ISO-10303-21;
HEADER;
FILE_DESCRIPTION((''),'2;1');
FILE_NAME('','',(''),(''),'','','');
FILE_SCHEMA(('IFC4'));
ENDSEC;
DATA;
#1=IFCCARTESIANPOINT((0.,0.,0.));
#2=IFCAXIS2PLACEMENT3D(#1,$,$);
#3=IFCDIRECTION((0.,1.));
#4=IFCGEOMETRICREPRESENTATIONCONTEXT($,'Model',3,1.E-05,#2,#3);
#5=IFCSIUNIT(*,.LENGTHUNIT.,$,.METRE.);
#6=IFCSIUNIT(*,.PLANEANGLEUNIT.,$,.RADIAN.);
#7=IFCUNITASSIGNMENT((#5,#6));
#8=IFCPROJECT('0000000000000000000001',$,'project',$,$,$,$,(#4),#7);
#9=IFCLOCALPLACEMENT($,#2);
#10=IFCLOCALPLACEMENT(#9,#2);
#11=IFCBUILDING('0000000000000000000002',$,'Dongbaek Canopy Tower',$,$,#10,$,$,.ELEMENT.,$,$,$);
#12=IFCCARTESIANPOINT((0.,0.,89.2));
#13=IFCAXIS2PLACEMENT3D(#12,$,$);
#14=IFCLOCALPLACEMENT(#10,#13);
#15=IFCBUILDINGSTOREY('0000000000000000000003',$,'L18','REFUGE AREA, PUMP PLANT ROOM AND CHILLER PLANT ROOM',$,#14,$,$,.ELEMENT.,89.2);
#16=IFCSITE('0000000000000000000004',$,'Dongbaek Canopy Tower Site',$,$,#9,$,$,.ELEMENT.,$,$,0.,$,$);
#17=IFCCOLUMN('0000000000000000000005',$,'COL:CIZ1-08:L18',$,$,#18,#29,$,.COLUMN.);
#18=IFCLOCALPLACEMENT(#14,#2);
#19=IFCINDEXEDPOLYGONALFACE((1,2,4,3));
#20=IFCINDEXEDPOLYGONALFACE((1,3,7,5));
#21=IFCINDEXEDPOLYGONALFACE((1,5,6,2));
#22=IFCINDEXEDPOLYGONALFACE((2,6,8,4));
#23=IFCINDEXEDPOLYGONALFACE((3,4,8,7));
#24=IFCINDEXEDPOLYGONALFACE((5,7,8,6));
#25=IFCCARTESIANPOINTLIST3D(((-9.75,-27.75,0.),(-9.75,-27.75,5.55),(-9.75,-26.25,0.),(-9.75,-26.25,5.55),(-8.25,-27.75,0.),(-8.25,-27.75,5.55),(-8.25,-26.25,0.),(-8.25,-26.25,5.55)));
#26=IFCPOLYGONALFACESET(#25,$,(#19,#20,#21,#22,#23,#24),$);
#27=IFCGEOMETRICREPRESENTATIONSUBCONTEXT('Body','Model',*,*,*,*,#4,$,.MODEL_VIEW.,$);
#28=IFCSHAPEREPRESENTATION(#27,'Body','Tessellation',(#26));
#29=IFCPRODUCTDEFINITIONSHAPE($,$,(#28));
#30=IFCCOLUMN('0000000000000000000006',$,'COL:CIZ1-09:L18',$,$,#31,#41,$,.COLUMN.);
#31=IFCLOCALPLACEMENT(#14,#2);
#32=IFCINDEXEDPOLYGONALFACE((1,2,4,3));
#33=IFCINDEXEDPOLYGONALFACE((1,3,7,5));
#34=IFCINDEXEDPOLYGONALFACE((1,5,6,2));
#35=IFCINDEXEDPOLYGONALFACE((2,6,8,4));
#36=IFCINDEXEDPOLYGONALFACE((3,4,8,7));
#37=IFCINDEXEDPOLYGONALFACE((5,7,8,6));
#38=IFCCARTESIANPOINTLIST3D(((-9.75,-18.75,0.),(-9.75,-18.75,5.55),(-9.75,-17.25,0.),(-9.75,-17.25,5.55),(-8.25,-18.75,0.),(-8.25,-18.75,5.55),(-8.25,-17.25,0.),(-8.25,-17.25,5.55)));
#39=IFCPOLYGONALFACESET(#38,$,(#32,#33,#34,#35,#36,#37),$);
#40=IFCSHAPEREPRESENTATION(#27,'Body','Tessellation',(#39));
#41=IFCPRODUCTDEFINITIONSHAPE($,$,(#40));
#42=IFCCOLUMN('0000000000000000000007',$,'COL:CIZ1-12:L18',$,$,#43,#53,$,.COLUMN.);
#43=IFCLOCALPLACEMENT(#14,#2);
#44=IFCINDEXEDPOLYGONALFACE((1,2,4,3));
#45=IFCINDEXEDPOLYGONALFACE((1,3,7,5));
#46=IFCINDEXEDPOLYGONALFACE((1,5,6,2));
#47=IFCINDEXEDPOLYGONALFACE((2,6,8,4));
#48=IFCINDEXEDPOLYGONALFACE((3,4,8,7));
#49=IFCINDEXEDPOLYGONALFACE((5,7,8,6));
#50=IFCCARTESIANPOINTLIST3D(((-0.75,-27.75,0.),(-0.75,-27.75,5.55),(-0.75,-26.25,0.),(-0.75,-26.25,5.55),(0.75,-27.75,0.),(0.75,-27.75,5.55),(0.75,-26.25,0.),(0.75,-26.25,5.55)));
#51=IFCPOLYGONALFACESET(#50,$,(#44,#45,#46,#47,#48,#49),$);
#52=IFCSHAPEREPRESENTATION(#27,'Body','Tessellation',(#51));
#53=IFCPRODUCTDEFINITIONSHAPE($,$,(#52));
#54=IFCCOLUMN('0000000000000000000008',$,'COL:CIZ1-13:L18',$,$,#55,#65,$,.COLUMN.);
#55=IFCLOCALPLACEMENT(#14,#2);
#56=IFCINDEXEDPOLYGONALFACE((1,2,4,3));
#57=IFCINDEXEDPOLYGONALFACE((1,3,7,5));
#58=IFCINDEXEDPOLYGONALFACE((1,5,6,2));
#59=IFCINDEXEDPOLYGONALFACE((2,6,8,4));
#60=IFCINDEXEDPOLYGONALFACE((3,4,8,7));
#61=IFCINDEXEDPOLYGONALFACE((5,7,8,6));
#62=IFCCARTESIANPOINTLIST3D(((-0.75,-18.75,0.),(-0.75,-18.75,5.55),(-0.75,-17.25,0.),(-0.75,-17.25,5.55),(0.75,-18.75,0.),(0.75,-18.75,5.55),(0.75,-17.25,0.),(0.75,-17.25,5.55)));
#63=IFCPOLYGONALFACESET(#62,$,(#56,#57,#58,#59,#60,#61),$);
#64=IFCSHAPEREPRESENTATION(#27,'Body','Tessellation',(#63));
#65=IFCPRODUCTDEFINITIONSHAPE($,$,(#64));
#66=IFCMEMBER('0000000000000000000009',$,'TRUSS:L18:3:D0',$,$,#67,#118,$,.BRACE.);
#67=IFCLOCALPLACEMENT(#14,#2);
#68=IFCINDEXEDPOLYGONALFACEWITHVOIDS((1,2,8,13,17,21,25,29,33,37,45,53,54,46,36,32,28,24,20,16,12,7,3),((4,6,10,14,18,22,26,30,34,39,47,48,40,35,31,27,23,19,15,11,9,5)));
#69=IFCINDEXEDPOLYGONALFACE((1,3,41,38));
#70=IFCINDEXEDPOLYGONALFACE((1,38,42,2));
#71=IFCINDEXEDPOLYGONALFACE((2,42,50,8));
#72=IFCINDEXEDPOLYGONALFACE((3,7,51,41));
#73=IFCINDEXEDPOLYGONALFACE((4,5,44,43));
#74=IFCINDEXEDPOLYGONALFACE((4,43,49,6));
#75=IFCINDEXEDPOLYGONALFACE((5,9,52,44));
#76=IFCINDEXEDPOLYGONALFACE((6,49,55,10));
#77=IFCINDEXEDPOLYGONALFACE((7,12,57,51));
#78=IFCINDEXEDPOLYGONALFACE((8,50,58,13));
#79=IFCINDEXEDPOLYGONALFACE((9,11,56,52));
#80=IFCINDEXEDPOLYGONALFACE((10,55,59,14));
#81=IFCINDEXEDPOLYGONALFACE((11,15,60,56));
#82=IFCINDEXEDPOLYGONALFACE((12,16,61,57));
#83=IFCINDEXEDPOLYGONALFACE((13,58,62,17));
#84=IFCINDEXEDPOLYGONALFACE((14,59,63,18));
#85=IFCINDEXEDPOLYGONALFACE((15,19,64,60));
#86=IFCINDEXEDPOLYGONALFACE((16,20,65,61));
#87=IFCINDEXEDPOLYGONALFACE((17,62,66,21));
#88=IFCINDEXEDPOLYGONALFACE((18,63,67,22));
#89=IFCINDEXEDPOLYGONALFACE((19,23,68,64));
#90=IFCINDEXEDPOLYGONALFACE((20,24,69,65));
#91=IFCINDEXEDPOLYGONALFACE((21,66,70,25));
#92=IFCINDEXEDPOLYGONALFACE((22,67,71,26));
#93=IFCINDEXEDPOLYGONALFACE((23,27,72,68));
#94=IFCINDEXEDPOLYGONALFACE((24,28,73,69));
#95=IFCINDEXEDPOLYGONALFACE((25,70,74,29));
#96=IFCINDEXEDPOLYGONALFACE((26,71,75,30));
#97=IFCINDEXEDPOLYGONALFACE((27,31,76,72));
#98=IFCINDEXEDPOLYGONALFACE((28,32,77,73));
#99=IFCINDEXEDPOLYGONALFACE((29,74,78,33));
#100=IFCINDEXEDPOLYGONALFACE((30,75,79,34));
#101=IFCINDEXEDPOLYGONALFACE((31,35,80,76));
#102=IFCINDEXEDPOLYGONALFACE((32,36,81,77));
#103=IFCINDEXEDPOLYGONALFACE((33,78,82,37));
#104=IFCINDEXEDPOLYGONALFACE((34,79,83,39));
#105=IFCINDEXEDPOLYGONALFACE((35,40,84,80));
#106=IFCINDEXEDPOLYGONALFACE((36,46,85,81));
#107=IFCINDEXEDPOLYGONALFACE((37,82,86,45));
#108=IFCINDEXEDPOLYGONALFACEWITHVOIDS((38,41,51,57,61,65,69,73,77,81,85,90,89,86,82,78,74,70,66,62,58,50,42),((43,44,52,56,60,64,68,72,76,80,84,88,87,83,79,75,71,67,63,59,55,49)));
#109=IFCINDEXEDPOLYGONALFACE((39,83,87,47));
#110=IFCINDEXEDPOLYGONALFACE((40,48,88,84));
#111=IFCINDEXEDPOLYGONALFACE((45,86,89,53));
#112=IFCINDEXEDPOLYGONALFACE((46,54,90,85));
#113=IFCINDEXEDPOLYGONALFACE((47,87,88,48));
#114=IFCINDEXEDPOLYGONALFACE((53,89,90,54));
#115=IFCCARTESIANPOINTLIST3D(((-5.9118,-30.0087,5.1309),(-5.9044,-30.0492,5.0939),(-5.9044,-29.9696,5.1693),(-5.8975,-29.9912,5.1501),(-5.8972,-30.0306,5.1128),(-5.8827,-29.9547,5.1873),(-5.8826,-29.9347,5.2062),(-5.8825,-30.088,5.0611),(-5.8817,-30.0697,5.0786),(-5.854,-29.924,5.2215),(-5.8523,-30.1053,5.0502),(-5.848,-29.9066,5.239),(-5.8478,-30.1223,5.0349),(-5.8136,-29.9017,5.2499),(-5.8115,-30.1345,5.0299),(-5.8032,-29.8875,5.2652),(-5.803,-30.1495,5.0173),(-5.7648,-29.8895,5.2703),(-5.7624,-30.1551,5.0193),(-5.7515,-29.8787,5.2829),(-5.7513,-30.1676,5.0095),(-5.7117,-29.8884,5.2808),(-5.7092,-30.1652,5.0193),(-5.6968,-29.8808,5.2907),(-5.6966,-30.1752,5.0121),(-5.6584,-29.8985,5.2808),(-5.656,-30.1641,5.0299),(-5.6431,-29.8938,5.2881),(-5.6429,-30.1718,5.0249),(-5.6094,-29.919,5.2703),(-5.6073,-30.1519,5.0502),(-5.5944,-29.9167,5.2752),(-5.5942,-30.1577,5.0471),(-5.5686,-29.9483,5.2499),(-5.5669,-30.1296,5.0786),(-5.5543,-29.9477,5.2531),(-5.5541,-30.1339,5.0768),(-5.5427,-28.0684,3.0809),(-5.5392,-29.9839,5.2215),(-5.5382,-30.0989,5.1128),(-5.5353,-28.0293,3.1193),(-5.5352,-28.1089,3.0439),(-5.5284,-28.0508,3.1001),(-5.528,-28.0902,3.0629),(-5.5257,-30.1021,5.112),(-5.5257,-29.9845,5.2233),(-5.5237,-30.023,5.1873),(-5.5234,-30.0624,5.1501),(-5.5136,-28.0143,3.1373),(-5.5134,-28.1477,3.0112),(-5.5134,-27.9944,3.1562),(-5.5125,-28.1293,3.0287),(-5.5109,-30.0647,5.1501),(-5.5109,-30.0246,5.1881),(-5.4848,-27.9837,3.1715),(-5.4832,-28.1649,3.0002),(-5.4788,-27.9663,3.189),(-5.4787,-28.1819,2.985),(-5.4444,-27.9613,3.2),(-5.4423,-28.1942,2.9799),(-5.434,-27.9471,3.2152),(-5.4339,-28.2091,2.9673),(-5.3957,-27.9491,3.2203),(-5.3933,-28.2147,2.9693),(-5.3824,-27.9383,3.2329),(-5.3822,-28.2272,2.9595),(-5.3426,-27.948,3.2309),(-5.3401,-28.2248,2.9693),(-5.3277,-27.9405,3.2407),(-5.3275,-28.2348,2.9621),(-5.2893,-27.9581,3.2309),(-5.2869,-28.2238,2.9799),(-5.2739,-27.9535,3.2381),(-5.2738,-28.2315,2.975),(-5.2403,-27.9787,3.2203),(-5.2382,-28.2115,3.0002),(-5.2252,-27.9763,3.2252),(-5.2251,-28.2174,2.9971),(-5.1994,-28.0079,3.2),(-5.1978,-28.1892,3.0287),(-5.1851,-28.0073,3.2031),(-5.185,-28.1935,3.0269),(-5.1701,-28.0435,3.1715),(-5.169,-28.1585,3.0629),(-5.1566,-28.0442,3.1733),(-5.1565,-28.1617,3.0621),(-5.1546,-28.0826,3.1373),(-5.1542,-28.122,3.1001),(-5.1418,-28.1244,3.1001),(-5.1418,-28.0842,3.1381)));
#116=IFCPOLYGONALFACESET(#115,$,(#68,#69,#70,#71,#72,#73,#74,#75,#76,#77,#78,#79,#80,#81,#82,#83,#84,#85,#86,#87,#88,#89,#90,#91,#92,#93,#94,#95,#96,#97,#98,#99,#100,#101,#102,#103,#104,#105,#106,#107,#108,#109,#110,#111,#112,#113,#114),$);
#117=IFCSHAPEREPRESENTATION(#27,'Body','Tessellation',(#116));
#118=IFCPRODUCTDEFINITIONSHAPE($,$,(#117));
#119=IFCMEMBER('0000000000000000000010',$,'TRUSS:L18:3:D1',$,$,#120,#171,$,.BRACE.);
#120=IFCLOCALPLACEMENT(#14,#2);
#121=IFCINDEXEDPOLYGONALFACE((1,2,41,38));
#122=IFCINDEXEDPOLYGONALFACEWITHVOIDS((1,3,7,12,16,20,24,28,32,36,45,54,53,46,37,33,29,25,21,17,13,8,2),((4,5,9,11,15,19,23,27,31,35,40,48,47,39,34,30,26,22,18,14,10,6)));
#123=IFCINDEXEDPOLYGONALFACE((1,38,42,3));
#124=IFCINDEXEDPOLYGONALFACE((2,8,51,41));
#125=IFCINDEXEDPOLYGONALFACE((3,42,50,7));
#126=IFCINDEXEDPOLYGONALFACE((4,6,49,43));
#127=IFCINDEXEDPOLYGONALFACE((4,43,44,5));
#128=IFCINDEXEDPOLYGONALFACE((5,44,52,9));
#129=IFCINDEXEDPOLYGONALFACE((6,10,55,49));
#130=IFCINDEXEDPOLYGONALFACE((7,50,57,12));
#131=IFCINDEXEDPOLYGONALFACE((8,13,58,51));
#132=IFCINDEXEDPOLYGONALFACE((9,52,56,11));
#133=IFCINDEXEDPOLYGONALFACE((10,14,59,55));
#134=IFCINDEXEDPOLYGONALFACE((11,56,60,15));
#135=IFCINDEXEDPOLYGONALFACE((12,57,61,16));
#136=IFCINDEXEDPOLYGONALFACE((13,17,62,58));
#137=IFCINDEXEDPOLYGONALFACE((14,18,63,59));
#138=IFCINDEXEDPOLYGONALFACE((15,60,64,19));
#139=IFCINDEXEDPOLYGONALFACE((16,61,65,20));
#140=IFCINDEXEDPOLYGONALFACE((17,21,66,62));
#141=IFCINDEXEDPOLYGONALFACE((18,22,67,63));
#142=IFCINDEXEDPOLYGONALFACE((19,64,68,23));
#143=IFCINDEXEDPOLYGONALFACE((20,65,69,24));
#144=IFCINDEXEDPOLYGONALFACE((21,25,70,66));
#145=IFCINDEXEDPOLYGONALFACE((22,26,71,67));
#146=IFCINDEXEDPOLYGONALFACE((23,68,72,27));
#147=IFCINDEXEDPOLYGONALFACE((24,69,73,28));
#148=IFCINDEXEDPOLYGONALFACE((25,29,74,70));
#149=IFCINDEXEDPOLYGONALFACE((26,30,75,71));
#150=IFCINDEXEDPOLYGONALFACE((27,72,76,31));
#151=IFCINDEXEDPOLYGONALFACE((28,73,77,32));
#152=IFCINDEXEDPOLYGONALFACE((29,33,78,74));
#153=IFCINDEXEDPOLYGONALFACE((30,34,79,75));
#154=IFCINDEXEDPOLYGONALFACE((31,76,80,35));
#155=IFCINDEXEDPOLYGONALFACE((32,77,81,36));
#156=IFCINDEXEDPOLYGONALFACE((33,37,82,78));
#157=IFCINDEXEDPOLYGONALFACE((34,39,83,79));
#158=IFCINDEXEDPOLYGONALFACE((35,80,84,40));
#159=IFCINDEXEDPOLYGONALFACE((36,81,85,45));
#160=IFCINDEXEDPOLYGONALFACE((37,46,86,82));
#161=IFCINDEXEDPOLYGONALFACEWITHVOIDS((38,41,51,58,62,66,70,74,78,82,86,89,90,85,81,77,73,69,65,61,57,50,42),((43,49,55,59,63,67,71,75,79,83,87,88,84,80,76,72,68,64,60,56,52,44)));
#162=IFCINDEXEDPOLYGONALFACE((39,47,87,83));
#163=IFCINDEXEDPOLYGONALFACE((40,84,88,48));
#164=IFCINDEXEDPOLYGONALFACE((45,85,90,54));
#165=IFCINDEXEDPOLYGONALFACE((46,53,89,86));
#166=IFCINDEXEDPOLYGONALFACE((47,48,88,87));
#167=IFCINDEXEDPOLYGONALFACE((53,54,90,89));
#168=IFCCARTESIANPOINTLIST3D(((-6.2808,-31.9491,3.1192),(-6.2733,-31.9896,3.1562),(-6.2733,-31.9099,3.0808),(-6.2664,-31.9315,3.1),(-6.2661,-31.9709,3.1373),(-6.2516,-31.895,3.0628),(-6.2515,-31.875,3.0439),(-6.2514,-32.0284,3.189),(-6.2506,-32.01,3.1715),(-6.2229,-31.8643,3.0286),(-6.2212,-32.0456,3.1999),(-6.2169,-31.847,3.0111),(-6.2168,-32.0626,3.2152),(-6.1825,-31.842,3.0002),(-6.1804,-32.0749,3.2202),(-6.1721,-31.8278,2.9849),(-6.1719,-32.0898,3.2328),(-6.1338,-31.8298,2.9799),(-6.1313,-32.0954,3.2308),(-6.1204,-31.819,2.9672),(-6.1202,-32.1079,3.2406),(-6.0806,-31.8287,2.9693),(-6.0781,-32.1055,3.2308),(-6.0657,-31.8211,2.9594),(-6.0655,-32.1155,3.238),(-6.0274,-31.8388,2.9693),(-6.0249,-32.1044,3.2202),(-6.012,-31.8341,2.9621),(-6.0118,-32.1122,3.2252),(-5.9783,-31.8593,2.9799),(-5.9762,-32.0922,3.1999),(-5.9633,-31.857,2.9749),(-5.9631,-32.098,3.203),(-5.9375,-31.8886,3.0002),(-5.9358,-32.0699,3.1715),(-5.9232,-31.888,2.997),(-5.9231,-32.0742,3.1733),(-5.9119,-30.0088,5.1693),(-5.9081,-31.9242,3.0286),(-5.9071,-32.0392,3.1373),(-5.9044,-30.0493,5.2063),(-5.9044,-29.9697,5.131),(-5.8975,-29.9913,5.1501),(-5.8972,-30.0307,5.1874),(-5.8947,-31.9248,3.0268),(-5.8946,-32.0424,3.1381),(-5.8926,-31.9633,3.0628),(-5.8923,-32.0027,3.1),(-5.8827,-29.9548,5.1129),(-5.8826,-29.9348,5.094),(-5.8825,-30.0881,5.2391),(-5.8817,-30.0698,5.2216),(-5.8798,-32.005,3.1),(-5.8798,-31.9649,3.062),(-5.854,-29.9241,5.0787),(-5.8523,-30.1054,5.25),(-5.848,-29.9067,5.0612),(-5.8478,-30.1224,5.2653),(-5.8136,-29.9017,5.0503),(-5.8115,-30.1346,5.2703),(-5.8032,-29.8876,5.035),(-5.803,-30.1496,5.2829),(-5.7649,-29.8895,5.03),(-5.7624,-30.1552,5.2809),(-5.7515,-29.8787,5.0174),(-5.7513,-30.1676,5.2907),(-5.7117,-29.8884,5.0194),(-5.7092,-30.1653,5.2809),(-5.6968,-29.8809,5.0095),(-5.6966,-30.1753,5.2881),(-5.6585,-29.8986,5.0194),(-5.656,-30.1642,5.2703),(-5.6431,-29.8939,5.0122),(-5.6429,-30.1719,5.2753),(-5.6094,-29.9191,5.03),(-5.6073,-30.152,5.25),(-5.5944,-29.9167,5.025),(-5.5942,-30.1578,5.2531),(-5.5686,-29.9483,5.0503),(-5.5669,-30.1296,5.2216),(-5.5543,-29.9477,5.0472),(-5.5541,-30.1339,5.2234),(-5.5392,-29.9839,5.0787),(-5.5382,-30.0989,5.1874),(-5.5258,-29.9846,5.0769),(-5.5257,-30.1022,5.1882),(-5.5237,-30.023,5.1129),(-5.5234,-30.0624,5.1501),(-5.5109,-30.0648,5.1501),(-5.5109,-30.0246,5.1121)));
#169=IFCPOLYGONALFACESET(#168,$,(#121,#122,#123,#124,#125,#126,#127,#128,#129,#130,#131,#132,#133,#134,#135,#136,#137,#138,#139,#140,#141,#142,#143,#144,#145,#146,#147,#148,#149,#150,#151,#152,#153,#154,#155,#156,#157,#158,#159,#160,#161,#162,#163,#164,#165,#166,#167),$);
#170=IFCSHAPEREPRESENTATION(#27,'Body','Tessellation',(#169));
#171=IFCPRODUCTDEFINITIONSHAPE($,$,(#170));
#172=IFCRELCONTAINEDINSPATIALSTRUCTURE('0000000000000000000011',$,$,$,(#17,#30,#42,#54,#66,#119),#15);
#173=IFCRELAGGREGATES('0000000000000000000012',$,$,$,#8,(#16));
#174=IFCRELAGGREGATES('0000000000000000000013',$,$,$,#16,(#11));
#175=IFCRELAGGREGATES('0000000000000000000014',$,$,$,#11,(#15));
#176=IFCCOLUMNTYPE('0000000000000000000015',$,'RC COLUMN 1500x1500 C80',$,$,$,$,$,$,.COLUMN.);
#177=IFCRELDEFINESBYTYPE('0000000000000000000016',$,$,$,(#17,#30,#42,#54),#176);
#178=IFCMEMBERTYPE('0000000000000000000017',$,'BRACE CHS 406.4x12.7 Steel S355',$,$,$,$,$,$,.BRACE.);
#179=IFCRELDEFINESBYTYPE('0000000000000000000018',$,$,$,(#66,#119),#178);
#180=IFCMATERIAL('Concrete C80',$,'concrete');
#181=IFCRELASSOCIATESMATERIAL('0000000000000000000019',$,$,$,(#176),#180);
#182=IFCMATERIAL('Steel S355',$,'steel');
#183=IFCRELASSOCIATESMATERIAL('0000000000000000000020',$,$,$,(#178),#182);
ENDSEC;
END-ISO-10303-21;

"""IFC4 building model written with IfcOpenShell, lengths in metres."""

from ifc_helpers import new_model, si_unit, direction, frame, origin, origin_2d, place, context, subcontext, project, spatial, rectangle, hollow_circle, extrude, material, material_profile, profile_set, type_object, element, save


model = new_model("IFC4")

# Units and contexts
model_context = context("Model", 3, precision=1e-05, world=origin(), true_north=direction((0.0, 1.0)))
body_context = subcontext(model_context, "Body", "Model", "MODEL_VIEW")
ifc_project = project(units=[si_unit("LENGTHUNIT", "METRE"), si_unit("PLANEANGLEUNIT", "RADIAN")], contexts=[model_context])

# Site, building, storey
site_placement = place(None, origin())
site = spatial("IfcSite", under=ifc_project, at=site_placement, Name="Dongbaek Canopy Tower Site", CompositionType="ELEMENT", RefElevation=0.0)
building_placement = place(site_placement, origin())
building = spatial("IfcBuilding", under=site, at=building_placement, Name="Dongbaek Canopy Tower", CompositionType="ELEMENT")
storey_placement = place(building_placement, frame((0.0, 0.0, 89.2)))
storey = spatial("IfcBuildingStorey", under=building, at=storey_placement, Name="L18", Description="REFUGE AREA, PUMP PLANT ROOM AND CHILLER PLANT ROOM", CompositionType="ELEMENT", Elevation=89.2)

# Columns
ifc_material_1 = material(Name="Concrete C80", Category="concrete")
ifc_material_profile_1 = material_profile(ifc_material_1, rectangle(XDim=1.5, YDim=1.5, at=origin_2d()), Name="RC COLUMN 1500x1500 C80")
ifc_profile_set_1 = profile_set([ifc_material_profile_1], Name="Concrete C80")
column_type = type_object("IfcColumnType", Name="RC COLUMN 1500x1500 C80", PredefinedType="COLUMN", material=ifc_profile_set_1)
for number, where, z_axis, x_axis, name in (
    (1, (-9.0, -27.0, 0.0), (0.0, 0.0, 1.0), (1.0, 0.0, 0.0), "COL:CIZ1-08:L18"),
    (2, (-9.0, -18.0, 0.0), (0.0, 0.0, 1.0), (1.0, 0.0, 0.0), "COL:CIZ1-09:L18"),
    (3, (0.0, -27.0, 0.0), (0.0, 0.0, 1.0), (1.0, 0.0, 0.0), "COL:CIZ1-12:L18"),
    (4, (0.0, -18.0, 0.0), (0.0, 0.0, 1.0), (1.0, 0.0, 0.0), "COL:CIZ1-13:L18"),
):
    element("IfcColumn", number, at=place(storey_placement, frame(where, z_axis=z_axis, x_axis=x_axis)), inside=storey, type_object=column_type, Name=name, PredefinedType="COLUMN", context=body_context, shape_type="SweptSolid", body=[
        extrude(rectangle(XDim=1.5, YDim=1.5, at=origin_2d()), origin(), (0.0, 0.0, 1.0), 5.55),
    ])

# Members
ifc_material_2 = material(Name="Steel S355", Category="steel")
ifc_material_profile_2 = material_profile(ifc_material_2, hollow_circle(Radius=0.2031, WallThickness=0.0127, at=origin_2d()), Name="BRACE CHS 406.4x12.7 Steel S355")
ifc_profile_set_2 = profile_set([ifc_material_profile_2], Name="Steel S355")
member_type_1 = type_object("IfcMemberType", Name="BRACE CHS 406.4x12.7 Steel S355", PredefinedType="BRACE", material=ifc_profile_set_2)
for number, where, z_axis, x_axis, name in (
    (5, (-5.3413, -28.0864, 3.1001), (-0.129669, -0.681619, 0.720126), (0.982382, -0.186885, 0.0), "TRUSS:L18:3:D0"),
    (6, (-5.7104, -30.0269, 5.1501), (-0.129592, -0.681581, -0.720176), (0.9824, -0.186788, 0.0), "TRUSS:L18:3:D1"),
):
    element("IfcMember", number, at=place(storey_placement, frame(where, z_axis=z_axis, x_axis=x_axis)), inside=storey, type_object=member_type_1, Name=name, PredefinedType="BRACE", context=body_context, shape_type="SweptSolid", body=[
        extrude(hollow_circle(Radius=0.2031, WallThickness=0.0127, at=origin_2d()), origin(), (0.0, 0.0, 1.0), 2.8467),
    ])

save(model, "model.ifc")
